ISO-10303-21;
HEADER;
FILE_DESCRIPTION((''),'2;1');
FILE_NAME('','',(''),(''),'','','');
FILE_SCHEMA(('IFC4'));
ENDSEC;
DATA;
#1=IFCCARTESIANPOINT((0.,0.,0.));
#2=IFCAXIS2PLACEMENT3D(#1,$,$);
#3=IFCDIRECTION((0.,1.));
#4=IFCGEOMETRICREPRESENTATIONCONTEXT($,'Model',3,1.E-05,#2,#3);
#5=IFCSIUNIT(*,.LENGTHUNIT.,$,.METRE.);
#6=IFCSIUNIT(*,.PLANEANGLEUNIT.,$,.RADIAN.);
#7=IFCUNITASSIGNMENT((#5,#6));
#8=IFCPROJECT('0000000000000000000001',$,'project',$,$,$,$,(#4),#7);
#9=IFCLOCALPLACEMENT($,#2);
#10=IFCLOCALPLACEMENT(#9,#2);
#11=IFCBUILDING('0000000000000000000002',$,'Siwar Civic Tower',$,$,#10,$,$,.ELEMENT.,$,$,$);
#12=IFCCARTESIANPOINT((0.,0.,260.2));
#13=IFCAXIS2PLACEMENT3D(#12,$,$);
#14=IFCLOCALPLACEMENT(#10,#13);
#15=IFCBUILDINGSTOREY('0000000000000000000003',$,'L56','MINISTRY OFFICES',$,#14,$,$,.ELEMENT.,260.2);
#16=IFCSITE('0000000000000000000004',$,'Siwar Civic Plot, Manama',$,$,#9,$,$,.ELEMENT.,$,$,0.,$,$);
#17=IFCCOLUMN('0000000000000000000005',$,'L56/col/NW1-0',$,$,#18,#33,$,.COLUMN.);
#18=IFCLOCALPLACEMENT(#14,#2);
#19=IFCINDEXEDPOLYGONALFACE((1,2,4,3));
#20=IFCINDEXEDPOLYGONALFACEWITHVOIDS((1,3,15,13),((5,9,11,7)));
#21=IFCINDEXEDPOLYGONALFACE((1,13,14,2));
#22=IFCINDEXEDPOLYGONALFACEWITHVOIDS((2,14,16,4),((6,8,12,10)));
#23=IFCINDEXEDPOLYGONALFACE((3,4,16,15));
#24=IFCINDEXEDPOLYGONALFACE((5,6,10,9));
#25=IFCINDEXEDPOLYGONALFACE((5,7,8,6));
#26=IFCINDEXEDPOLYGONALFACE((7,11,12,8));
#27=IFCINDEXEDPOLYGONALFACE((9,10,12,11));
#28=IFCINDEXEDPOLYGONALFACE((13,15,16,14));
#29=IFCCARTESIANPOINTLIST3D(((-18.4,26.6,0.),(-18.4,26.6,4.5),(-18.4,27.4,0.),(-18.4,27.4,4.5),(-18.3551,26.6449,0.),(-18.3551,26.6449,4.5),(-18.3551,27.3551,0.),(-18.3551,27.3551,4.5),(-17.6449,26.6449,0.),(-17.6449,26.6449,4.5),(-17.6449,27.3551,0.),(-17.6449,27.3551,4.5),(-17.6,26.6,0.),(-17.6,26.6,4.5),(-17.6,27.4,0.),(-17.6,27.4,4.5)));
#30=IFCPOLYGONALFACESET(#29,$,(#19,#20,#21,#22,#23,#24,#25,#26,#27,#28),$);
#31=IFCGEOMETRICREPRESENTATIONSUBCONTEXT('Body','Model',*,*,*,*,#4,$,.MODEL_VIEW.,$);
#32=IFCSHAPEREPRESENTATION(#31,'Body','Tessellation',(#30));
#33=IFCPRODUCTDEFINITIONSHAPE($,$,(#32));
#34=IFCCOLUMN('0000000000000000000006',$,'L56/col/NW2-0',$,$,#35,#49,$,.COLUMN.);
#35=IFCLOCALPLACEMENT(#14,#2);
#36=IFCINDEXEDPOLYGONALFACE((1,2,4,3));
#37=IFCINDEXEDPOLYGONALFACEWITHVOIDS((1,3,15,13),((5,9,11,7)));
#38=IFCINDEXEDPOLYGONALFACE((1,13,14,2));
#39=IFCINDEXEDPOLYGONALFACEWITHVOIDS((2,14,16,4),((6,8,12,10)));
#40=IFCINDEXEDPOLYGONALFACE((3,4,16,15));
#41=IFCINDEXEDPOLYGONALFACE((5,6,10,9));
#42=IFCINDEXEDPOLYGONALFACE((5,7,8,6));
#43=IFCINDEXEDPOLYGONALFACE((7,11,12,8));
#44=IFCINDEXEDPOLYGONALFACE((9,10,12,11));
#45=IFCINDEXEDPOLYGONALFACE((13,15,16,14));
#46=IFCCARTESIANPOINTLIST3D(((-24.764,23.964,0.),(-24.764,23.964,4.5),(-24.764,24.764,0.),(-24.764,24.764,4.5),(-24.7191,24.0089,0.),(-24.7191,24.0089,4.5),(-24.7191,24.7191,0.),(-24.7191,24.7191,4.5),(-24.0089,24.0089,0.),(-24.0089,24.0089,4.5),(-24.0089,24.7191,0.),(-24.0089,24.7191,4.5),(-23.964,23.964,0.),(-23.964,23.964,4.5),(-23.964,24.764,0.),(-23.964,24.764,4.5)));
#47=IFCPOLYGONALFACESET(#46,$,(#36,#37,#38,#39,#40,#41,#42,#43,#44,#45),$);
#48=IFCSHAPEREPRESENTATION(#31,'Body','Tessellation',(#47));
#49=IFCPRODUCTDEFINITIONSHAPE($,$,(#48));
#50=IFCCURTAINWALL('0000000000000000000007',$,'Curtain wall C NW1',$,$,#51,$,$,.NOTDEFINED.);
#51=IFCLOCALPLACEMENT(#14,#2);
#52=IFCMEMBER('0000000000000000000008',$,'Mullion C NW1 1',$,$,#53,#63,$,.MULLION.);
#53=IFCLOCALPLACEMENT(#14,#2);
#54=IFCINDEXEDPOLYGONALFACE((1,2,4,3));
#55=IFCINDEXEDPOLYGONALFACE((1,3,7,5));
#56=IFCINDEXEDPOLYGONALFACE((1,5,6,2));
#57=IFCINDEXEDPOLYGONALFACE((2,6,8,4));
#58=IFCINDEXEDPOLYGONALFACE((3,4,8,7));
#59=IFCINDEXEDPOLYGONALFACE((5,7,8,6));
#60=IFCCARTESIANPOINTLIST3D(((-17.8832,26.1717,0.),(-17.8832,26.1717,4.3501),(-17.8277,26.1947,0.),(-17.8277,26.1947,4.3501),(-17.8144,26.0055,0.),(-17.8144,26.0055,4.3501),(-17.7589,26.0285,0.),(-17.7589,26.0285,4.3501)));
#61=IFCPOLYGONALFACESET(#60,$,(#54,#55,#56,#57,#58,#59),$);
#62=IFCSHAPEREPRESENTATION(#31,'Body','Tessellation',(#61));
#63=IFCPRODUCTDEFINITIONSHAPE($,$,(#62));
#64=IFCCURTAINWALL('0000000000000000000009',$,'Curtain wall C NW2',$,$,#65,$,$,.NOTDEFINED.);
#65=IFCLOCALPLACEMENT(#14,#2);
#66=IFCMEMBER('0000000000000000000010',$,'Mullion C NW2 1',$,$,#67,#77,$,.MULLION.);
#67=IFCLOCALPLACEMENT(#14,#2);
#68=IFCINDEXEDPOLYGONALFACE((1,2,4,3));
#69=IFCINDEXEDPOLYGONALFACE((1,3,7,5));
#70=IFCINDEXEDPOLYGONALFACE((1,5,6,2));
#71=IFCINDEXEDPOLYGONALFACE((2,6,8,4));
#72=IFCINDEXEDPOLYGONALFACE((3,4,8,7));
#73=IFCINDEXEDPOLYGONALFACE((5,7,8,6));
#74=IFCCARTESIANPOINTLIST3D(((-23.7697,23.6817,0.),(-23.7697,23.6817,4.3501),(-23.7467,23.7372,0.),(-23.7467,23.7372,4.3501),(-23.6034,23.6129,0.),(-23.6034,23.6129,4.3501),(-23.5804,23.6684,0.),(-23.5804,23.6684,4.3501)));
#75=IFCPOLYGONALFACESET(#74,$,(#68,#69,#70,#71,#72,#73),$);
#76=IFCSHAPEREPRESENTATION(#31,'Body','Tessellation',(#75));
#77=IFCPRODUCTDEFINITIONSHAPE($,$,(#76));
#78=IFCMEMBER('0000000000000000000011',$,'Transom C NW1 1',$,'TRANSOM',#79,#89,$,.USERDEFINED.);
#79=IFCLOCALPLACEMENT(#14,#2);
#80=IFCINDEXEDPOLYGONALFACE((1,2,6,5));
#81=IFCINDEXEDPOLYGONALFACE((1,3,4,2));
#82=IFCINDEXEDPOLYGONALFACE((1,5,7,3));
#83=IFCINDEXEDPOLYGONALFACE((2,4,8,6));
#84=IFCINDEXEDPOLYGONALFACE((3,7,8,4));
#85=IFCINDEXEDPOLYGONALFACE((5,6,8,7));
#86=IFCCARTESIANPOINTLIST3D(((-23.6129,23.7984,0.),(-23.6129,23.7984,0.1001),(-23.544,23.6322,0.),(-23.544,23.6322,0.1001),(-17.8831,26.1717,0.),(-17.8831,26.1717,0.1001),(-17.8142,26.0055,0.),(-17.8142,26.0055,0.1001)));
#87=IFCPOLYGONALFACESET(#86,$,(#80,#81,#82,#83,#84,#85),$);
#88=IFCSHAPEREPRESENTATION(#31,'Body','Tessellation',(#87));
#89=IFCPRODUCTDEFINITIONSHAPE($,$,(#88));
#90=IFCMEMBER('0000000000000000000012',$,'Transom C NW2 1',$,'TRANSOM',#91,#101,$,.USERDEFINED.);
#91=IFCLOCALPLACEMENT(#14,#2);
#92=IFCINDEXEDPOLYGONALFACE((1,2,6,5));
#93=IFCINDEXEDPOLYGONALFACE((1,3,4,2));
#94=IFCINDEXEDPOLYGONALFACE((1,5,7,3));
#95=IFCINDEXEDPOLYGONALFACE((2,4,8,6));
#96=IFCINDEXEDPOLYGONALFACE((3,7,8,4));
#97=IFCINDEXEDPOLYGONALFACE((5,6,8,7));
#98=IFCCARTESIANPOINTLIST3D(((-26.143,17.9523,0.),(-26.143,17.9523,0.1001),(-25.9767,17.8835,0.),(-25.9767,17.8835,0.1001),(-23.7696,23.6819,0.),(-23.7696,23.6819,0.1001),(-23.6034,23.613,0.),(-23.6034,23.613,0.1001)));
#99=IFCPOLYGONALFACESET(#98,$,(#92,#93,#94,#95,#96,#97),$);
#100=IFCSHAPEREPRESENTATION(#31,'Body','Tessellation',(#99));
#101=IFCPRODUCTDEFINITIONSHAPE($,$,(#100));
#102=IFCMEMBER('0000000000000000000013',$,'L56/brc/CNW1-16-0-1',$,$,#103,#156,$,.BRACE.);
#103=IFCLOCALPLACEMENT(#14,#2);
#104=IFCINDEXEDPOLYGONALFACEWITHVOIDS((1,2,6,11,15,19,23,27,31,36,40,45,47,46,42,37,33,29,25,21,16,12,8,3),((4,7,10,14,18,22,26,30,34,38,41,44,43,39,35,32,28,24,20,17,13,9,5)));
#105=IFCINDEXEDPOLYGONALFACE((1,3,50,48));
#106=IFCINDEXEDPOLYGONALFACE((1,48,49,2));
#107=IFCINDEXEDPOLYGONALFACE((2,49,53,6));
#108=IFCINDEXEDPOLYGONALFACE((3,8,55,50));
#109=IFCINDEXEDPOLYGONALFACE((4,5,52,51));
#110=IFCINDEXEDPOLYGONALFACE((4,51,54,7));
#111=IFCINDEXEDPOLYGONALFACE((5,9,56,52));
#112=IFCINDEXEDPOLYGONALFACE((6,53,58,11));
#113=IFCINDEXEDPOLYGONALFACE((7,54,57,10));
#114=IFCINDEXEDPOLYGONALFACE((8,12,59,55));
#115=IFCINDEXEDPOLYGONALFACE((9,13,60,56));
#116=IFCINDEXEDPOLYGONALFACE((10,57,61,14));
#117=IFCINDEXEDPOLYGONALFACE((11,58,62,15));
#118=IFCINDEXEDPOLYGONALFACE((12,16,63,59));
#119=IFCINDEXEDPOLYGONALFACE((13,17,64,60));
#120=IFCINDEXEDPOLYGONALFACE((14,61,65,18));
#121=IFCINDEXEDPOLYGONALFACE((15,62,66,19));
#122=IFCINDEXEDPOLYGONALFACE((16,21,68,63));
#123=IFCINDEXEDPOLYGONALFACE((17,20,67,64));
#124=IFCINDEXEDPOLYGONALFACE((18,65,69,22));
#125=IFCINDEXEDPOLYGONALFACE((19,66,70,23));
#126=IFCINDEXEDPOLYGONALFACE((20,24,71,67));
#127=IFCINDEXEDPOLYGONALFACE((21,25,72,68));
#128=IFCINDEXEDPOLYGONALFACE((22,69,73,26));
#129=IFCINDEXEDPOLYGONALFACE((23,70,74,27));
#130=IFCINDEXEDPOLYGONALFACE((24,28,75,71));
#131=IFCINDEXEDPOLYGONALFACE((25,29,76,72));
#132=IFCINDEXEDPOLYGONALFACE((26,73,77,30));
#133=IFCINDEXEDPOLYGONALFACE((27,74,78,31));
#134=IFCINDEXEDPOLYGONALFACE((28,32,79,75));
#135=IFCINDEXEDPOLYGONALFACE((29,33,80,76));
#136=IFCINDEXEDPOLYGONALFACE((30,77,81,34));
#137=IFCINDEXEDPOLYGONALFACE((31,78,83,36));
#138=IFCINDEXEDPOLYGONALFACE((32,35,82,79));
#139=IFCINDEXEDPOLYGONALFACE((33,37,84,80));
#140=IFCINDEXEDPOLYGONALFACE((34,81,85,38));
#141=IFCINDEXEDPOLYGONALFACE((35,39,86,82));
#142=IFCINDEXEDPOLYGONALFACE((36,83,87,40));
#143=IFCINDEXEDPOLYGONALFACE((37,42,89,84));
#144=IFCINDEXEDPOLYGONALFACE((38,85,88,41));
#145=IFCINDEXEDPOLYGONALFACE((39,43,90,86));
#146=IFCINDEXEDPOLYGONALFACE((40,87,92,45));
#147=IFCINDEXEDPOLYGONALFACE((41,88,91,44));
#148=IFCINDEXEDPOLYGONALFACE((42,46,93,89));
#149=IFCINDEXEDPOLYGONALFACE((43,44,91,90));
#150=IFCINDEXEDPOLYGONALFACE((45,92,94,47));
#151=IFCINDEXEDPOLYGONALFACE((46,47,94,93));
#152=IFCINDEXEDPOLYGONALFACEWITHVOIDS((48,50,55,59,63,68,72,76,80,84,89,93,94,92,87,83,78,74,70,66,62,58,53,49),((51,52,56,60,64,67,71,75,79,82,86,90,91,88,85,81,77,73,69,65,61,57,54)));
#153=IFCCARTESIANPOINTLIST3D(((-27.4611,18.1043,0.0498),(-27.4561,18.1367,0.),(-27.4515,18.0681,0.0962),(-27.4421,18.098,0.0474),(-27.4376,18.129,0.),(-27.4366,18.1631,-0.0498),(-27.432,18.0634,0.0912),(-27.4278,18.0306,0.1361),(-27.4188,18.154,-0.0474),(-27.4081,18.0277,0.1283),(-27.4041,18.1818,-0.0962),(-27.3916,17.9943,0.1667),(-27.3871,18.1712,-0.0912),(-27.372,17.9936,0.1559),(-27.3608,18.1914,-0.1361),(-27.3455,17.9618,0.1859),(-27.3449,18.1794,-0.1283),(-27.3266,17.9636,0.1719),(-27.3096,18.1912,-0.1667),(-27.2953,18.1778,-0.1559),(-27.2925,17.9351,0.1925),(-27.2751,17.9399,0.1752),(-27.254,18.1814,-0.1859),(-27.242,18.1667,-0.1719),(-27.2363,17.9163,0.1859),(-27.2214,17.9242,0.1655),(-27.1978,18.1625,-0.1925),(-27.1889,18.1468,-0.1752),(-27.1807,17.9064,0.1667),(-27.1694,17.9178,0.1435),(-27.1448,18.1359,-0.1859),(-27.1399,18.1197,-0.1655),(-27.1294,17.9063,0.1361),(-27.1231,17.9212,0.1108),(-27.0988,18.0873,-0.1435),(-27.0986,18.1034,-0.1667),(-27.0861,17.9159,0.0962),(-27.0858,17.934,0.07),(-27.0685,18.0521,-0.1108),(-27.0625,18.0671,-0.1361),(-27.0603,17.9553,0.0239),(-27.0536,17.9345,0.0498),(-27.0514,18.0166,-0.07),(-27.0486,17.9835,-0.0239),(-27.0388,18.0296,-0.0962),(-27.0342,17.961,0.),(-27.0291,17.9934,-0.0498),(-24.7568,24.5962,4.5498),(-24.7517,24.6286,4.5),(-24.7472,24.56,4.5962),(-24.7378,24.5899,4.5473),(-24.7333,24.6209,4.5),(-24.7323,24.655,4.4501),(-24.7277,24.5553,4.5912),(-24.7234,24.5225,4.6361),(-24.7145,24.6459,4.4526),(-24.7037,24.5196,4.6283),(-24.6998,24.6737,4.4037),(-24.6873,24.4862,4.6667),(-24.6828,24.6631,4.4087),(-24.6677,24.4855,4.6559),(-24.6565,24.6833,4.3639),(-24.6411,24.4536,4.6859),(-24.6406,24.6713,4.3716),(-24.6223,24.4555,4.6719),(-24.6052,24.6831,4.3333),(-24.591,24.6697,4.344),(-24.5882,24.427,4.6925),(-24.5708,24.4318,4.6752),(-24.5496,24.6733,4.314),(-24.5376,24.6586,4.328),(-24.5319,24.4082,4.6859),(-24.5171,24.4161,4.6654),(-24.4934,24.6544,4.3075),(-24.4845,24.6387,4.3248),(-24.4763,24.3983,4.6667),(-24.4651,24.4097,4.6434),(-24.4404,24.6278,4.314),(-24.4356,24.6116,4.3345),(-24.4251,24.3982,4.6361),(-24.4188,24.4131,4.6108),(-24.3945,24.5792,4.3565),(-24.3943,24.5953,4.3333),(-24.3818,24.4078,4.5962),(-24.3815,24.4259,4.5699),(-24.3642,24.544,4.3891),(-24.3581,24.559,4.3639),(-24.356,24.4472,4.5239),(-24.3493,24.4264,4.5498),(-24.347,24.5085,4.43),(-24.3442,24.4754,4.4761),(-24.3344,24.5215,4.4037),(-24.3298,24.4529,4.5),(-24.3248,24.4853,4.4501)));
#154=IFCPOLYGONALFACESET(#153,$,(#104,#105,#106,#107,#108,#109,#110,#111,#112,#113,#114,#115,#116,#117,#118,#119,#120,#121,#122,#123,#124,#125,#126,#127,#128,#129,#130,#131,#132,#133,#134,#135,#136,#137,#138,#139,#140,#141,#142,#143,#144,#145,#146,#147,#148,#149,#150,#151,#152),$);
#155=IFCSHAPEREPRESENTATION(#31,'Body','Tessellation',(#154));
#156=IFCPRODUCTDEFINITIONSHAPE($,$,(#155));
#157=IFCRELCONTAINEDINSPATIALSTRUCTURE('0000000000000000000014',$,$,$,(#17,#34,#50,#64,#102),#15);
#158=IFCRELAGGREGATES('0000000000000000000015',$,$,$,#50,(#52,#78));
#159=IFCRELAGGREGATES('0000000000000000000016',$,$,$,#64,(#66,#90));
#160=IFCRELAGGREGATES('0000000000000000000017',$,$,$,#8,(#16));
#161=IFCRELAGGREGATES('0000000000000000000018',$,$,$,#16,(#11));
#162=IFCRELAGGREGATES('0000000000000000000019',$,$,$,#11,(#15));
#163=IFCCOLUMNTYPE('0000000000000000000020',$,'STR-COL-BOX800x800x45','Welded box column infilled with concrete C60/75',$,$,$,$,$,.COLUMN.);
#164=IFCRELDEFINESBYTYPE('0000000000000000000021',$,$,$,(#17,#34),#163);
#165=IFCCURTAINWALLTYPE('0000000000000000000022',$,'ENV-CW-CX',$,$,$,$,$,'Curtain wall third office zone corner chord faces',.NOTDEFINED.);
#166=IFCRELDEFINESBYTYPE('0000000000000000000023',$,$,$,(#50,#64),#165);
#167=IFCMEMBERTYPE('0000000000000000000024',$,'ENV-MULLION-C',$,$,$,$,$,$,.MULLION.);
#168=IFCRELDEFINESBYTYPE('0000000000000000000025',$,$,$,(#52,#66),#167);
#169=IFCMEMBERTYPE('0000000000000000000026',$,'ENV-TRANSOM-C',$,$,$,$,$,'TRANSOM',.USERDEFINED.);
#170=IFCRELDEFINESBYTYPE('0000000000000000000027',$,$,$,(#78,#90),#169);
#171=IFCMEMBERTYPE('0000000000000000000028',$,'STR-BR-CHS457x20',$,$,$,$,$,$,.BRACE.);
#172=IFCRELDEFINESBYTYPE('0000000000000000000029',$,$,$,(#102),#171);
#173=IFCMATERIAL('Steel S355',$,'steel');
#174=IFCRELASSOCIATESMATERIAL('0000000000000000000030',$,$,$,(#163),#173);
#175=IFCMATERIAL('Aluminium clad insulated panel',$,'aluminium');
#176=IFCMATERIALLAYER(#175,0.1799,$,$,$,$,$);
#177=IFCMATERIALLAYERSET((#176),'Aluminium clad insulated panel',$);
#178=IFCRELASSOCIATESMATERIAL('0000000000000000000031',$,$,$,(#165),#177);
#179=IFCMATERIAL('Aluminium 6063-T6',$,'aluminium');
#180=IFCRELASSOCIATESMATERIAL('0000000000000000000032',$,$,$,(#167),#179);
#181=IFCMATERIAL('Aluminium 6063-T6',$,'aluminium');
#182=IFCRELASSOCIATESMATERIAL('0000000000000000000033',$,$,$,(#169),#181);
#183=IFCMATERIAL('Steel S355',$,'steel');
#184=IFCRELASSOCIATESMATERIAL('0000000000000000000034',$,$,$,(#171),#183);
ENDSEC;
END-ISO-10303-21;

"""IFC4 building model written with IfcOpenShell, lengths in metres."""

from ifc_helpers import new_model, si_unit, direction, frame, origin, origin_2d, place, context, subcontext, project, spatial, rectangle, hollow_rectangle, hollow_circle, extrude, material, layer, layer_set, material_profile, profile_set, type_object, element, aggregate, save


model = new_model("IFC4")

# Units and contexts
model_context = context("Model", 3, precision=1e-05, world=origin(), true_north=direction((0.0, 1.0)))
body_context = subcontext(model_context, "Body", "Model", "MODEL_VIEW")
ifc_project = project(units=[si_unit("LENGTHUNIT", "METRE"), si_unit("PLANEANGLEUNIT", "RADIAN")], contexts=[model_context])

# Site, building, storey
site_placement = place(None, origin())
site = spatial("IfcSite", under=ifc_project, at=site_placement, Name="Siwar Civic Plot, Manama", CompositionType="ELEMENT", RefElevation=0.0)
building_placement = place(site_placement, origin())
building = spatial("IfcBuilding", under=site, at=building_placement, Name="Siwar Civic Tower", CompositionType="ELEMENT")
storey_placement = place(building_placement, frame((0.0, 0.0, 260.2)))
storey = spatial("IfcBuildingStorey", under=building, at=storey_placement, Name="L56", Description="MINISTRY OFFICES", CompositionType="ELEMENT", Elevation=260.2)

# Columns
ifc_material_1 = material(Name="Steel S355", Category="steel")
ifc_material_profile_1 = material_profile(ifc_material_1, hollow_rectangle(XDim=0.8, YDim=0.8, WallThickness=0.0449, at=origin_2d()), Name="BOX800x800x45")
ifc_profile_set_1 = profile_set([ifc_material_profile_1], Name="Steel S355")
column_type = type_object("IfcColumnType", Name="STR-COL-BOX800x800x45", Description="Welded box column infilled with concrete C60/75", PredefinedType="COLUMN", material=ifc_profile_set_1)
for number, where, z_axis, x_axis, name in (
    (1, (-18.0, 27.0, 0.0), (0.0, 0.0, 1.0), (1.0, 0.0, 0.0), "L56/col/NW1-0"),
    (2, (-24.364, 24.364, 0.0), (0.0, 0.0, 1.0), (1.0, 0.0, 0.0), "L56/col/NW2-0"),
):
    element("IfcColumn", number, at=place(storey_placement, frame(where, z_axis=z_axis, x_axis=x_axis)), inside=storey, type_object=column_type, Name=name, PredefinedType="COLUMN", context=body_context, shape_type="SweptSolid", body=[
        extrude(hollow_rectangle(XDim=0.8, YDim=0.8, WallThickness=0.0449, at=origin_2d()), origin(), (0.0, 0.0, 1.0), 4.5),
    ])

# Curtain walls, members
ifc_material_2 = material(Name="Aluminium clad insulated panel", Category="aluminium")
ifc_layer_1 = layer(ifc_material_2, 0.1799)
ifc_layer_set_1 = layer_set([ifc_layer_1], Name="Aluminium clad insulated panel")
curtain_wall_type = type_object("IfcCurtainWallType", Name="ENV-CW-CX", ElementType="Curtain wall third office zone corner chord faces", PredefinedType="NOTDEFINED", material=ifc_layer_set_1)
curtain_wall_1_placement = place(storey_placement, origin())
curtain_wall_1 = element("IfcCurtainWall", 3, at=curtain_wall_1_placement, inside=storey, type_object=curtain_wall_type, Name="Curtain wall C NW1", PredefinedType="NOTDEFINED")
ifc_material_3 = material(Name="Aluminium 6063-T6", Category="aluminium")
ifc_material_profile_2 = material_profile(ifc_material_3, rectangle(XDim=0.1799, YDim=0.0601, at=origin_2d()), Name="AL 180x60")
ifc_profile_set_2 = profile_set([ifc_material_profile_2], Name="Aluminium 6063-T6")
member_type_1 = type_object("IfcMemberType", Name="ENV-MULLION-C", PredefinedType="MULLION", material=ifc_profile_set_2)
member_1_placement = place(storey_placement, frame((-17.821, 26.1001, 0.0), z_axis=(0.0, 0.0, 1.0), x_axis=(0.382683, -0.92388, 0.0)))
member_1 = element("IfcMember", 4, at=member_1_placement, type_object=member_type_1, Name="Mullion C NW1 1", PredefinedType="MULLION", context=body_context, shape_type="SweptSolid", body=[
    extrude(rectangle(XDim=0.1799, YDim=0.0601, at=origin_2d()), origin(), (0.0, 0.0, 1.0), 4.3501),
])
curtain_wall_2_placement = place(storey_placement, origin())
curtain_wall_2 = element("IfcCurtainWall", 5, at=curtain_wall_2_placement, inside=storey, type_object=curtain_wall_type, Name="Curtain wall C NW2", PredefinedType="NOTDEFINED")
member_2_placement = place(storey_placement, frame((-23.675, 23.675, 0.0), z_axis=(0.0, 0.0, 1.0), x_axis=(0.92388, -0.382683, 0.0)))
member_2 = element("IfcMember", 6, at=member_2_placement, type_object=member_type_1, Name="Mullion C NW2 1", PredefinedType="MULLION", context=body_context, shape_type="SweptSolid", body=[
    extrude(rectangle(XDim=0.1799, YDim=0.0601, at=origin_2d()), origin(), (0.0, 0.0, 1.0), 4.3501),
])

# Members
ifc_material_4 = material(Name="Aluminium 6063-T6", Category="aluminium")
ifc_material_profile_3 = material_profile(ifc_material_4, rectangle(XDim=0.1799, YDim=0.1001, at=origin_2d()), Name="AL 180x100")
ifc_profile_set_3 = profile_set([ifc_material_profile_3], Name="Aluminium 6063-T6")
member_type_2 = type_object("IfcMemberType", Name="ENV-TRANSOM-C", ElementType="TRANSOM", PredefinedType="USERDEFINED", material=ifc_profile_set_3)
member_3_placement = place(storey_placement, frame((-17.8486, 26.0886, 0.05), z_axis=(-0.923882, -0.382677, 0.0), x_axis=(0.382677, -0.923882, 0.0)))
member_3 = element("IfcMember", 7, at=member_3_placement, type_object=member_type_2, Name="Transom C NW1 1", ObjectType="TRANSOM", PredefinedType="USERDEFINED", context=body_context, shape_type="SweptSolid", body=[
    extrude(rectangle(XDim=0.1799, YDim=0.1001, at=origin_2d()), origin(), (0.0, 0.0, 1.0), 6.2019),
])
member_4_placement = place(storey_placement, frame((-23.6865, 23.6475, 0.05), z_axis=(-0.382691, -0.923876, 0.0), x_axis=(0.923876, -0.382691, 0.0)))
member_4 = element("IfcMember", 8, at=member_4_placement, type_object=member_type_2, Name="Transom C NW2 1", ObjectType="TRANSOM", PredefinedType="USERDEFINED", context=body_context, shape_type="SweptSolid", body=[
    extrude(rectangle(XDim=0.1799, YDim=0.1001, at=origin_2d()), origin(), (0.0, 0.0, 1.0), 6.2017),
])

# Member
ifc_material_5 = material(Name="Steel S355", Category="steel")
ifc_material_profile_4 = material_profile(ifc_material_5, hollow_circle(Radius=0.2285, WallThickness=0.02, at=origin_2d()), Name="CHS457x20")
ifc_profile_set_4 = profile_set([ifc_material_profile_4], Name="Steel S355")
member_type_3 = type_object("IfcMemberType", Name="STR-BR-CHS457x20", PredefinedType="BRACE", material=ifc_profile_set_4)
member_5_placement = place(storey_placement, frame((-27.2451, 18.0488, 0.0), z_axis=(0.323906, 0.777555, 0.538975), x_axis=(-0.923109, 0.384539, 0.0)))
element("IfcMember", 9, at=member_5_placement, inside=storey, type_object=member_type_3, Name="L56/brc/CNW1-16-0-1", PredefinedType="BRACE", context=body_context, shape_type="SweptSolid", body=[
    extrude(hollow_circle(Radius=0.2285, WallThickness=0.02, at=origin_2d()), origin(), (0.0, 0.0, 1.0), 8.3491),
])

aggregate(curtain_wall_1, [member_1, member_3])
aggregate(curtain_wall_2, [member_2, member_4])

save(model, "model.ifc")
